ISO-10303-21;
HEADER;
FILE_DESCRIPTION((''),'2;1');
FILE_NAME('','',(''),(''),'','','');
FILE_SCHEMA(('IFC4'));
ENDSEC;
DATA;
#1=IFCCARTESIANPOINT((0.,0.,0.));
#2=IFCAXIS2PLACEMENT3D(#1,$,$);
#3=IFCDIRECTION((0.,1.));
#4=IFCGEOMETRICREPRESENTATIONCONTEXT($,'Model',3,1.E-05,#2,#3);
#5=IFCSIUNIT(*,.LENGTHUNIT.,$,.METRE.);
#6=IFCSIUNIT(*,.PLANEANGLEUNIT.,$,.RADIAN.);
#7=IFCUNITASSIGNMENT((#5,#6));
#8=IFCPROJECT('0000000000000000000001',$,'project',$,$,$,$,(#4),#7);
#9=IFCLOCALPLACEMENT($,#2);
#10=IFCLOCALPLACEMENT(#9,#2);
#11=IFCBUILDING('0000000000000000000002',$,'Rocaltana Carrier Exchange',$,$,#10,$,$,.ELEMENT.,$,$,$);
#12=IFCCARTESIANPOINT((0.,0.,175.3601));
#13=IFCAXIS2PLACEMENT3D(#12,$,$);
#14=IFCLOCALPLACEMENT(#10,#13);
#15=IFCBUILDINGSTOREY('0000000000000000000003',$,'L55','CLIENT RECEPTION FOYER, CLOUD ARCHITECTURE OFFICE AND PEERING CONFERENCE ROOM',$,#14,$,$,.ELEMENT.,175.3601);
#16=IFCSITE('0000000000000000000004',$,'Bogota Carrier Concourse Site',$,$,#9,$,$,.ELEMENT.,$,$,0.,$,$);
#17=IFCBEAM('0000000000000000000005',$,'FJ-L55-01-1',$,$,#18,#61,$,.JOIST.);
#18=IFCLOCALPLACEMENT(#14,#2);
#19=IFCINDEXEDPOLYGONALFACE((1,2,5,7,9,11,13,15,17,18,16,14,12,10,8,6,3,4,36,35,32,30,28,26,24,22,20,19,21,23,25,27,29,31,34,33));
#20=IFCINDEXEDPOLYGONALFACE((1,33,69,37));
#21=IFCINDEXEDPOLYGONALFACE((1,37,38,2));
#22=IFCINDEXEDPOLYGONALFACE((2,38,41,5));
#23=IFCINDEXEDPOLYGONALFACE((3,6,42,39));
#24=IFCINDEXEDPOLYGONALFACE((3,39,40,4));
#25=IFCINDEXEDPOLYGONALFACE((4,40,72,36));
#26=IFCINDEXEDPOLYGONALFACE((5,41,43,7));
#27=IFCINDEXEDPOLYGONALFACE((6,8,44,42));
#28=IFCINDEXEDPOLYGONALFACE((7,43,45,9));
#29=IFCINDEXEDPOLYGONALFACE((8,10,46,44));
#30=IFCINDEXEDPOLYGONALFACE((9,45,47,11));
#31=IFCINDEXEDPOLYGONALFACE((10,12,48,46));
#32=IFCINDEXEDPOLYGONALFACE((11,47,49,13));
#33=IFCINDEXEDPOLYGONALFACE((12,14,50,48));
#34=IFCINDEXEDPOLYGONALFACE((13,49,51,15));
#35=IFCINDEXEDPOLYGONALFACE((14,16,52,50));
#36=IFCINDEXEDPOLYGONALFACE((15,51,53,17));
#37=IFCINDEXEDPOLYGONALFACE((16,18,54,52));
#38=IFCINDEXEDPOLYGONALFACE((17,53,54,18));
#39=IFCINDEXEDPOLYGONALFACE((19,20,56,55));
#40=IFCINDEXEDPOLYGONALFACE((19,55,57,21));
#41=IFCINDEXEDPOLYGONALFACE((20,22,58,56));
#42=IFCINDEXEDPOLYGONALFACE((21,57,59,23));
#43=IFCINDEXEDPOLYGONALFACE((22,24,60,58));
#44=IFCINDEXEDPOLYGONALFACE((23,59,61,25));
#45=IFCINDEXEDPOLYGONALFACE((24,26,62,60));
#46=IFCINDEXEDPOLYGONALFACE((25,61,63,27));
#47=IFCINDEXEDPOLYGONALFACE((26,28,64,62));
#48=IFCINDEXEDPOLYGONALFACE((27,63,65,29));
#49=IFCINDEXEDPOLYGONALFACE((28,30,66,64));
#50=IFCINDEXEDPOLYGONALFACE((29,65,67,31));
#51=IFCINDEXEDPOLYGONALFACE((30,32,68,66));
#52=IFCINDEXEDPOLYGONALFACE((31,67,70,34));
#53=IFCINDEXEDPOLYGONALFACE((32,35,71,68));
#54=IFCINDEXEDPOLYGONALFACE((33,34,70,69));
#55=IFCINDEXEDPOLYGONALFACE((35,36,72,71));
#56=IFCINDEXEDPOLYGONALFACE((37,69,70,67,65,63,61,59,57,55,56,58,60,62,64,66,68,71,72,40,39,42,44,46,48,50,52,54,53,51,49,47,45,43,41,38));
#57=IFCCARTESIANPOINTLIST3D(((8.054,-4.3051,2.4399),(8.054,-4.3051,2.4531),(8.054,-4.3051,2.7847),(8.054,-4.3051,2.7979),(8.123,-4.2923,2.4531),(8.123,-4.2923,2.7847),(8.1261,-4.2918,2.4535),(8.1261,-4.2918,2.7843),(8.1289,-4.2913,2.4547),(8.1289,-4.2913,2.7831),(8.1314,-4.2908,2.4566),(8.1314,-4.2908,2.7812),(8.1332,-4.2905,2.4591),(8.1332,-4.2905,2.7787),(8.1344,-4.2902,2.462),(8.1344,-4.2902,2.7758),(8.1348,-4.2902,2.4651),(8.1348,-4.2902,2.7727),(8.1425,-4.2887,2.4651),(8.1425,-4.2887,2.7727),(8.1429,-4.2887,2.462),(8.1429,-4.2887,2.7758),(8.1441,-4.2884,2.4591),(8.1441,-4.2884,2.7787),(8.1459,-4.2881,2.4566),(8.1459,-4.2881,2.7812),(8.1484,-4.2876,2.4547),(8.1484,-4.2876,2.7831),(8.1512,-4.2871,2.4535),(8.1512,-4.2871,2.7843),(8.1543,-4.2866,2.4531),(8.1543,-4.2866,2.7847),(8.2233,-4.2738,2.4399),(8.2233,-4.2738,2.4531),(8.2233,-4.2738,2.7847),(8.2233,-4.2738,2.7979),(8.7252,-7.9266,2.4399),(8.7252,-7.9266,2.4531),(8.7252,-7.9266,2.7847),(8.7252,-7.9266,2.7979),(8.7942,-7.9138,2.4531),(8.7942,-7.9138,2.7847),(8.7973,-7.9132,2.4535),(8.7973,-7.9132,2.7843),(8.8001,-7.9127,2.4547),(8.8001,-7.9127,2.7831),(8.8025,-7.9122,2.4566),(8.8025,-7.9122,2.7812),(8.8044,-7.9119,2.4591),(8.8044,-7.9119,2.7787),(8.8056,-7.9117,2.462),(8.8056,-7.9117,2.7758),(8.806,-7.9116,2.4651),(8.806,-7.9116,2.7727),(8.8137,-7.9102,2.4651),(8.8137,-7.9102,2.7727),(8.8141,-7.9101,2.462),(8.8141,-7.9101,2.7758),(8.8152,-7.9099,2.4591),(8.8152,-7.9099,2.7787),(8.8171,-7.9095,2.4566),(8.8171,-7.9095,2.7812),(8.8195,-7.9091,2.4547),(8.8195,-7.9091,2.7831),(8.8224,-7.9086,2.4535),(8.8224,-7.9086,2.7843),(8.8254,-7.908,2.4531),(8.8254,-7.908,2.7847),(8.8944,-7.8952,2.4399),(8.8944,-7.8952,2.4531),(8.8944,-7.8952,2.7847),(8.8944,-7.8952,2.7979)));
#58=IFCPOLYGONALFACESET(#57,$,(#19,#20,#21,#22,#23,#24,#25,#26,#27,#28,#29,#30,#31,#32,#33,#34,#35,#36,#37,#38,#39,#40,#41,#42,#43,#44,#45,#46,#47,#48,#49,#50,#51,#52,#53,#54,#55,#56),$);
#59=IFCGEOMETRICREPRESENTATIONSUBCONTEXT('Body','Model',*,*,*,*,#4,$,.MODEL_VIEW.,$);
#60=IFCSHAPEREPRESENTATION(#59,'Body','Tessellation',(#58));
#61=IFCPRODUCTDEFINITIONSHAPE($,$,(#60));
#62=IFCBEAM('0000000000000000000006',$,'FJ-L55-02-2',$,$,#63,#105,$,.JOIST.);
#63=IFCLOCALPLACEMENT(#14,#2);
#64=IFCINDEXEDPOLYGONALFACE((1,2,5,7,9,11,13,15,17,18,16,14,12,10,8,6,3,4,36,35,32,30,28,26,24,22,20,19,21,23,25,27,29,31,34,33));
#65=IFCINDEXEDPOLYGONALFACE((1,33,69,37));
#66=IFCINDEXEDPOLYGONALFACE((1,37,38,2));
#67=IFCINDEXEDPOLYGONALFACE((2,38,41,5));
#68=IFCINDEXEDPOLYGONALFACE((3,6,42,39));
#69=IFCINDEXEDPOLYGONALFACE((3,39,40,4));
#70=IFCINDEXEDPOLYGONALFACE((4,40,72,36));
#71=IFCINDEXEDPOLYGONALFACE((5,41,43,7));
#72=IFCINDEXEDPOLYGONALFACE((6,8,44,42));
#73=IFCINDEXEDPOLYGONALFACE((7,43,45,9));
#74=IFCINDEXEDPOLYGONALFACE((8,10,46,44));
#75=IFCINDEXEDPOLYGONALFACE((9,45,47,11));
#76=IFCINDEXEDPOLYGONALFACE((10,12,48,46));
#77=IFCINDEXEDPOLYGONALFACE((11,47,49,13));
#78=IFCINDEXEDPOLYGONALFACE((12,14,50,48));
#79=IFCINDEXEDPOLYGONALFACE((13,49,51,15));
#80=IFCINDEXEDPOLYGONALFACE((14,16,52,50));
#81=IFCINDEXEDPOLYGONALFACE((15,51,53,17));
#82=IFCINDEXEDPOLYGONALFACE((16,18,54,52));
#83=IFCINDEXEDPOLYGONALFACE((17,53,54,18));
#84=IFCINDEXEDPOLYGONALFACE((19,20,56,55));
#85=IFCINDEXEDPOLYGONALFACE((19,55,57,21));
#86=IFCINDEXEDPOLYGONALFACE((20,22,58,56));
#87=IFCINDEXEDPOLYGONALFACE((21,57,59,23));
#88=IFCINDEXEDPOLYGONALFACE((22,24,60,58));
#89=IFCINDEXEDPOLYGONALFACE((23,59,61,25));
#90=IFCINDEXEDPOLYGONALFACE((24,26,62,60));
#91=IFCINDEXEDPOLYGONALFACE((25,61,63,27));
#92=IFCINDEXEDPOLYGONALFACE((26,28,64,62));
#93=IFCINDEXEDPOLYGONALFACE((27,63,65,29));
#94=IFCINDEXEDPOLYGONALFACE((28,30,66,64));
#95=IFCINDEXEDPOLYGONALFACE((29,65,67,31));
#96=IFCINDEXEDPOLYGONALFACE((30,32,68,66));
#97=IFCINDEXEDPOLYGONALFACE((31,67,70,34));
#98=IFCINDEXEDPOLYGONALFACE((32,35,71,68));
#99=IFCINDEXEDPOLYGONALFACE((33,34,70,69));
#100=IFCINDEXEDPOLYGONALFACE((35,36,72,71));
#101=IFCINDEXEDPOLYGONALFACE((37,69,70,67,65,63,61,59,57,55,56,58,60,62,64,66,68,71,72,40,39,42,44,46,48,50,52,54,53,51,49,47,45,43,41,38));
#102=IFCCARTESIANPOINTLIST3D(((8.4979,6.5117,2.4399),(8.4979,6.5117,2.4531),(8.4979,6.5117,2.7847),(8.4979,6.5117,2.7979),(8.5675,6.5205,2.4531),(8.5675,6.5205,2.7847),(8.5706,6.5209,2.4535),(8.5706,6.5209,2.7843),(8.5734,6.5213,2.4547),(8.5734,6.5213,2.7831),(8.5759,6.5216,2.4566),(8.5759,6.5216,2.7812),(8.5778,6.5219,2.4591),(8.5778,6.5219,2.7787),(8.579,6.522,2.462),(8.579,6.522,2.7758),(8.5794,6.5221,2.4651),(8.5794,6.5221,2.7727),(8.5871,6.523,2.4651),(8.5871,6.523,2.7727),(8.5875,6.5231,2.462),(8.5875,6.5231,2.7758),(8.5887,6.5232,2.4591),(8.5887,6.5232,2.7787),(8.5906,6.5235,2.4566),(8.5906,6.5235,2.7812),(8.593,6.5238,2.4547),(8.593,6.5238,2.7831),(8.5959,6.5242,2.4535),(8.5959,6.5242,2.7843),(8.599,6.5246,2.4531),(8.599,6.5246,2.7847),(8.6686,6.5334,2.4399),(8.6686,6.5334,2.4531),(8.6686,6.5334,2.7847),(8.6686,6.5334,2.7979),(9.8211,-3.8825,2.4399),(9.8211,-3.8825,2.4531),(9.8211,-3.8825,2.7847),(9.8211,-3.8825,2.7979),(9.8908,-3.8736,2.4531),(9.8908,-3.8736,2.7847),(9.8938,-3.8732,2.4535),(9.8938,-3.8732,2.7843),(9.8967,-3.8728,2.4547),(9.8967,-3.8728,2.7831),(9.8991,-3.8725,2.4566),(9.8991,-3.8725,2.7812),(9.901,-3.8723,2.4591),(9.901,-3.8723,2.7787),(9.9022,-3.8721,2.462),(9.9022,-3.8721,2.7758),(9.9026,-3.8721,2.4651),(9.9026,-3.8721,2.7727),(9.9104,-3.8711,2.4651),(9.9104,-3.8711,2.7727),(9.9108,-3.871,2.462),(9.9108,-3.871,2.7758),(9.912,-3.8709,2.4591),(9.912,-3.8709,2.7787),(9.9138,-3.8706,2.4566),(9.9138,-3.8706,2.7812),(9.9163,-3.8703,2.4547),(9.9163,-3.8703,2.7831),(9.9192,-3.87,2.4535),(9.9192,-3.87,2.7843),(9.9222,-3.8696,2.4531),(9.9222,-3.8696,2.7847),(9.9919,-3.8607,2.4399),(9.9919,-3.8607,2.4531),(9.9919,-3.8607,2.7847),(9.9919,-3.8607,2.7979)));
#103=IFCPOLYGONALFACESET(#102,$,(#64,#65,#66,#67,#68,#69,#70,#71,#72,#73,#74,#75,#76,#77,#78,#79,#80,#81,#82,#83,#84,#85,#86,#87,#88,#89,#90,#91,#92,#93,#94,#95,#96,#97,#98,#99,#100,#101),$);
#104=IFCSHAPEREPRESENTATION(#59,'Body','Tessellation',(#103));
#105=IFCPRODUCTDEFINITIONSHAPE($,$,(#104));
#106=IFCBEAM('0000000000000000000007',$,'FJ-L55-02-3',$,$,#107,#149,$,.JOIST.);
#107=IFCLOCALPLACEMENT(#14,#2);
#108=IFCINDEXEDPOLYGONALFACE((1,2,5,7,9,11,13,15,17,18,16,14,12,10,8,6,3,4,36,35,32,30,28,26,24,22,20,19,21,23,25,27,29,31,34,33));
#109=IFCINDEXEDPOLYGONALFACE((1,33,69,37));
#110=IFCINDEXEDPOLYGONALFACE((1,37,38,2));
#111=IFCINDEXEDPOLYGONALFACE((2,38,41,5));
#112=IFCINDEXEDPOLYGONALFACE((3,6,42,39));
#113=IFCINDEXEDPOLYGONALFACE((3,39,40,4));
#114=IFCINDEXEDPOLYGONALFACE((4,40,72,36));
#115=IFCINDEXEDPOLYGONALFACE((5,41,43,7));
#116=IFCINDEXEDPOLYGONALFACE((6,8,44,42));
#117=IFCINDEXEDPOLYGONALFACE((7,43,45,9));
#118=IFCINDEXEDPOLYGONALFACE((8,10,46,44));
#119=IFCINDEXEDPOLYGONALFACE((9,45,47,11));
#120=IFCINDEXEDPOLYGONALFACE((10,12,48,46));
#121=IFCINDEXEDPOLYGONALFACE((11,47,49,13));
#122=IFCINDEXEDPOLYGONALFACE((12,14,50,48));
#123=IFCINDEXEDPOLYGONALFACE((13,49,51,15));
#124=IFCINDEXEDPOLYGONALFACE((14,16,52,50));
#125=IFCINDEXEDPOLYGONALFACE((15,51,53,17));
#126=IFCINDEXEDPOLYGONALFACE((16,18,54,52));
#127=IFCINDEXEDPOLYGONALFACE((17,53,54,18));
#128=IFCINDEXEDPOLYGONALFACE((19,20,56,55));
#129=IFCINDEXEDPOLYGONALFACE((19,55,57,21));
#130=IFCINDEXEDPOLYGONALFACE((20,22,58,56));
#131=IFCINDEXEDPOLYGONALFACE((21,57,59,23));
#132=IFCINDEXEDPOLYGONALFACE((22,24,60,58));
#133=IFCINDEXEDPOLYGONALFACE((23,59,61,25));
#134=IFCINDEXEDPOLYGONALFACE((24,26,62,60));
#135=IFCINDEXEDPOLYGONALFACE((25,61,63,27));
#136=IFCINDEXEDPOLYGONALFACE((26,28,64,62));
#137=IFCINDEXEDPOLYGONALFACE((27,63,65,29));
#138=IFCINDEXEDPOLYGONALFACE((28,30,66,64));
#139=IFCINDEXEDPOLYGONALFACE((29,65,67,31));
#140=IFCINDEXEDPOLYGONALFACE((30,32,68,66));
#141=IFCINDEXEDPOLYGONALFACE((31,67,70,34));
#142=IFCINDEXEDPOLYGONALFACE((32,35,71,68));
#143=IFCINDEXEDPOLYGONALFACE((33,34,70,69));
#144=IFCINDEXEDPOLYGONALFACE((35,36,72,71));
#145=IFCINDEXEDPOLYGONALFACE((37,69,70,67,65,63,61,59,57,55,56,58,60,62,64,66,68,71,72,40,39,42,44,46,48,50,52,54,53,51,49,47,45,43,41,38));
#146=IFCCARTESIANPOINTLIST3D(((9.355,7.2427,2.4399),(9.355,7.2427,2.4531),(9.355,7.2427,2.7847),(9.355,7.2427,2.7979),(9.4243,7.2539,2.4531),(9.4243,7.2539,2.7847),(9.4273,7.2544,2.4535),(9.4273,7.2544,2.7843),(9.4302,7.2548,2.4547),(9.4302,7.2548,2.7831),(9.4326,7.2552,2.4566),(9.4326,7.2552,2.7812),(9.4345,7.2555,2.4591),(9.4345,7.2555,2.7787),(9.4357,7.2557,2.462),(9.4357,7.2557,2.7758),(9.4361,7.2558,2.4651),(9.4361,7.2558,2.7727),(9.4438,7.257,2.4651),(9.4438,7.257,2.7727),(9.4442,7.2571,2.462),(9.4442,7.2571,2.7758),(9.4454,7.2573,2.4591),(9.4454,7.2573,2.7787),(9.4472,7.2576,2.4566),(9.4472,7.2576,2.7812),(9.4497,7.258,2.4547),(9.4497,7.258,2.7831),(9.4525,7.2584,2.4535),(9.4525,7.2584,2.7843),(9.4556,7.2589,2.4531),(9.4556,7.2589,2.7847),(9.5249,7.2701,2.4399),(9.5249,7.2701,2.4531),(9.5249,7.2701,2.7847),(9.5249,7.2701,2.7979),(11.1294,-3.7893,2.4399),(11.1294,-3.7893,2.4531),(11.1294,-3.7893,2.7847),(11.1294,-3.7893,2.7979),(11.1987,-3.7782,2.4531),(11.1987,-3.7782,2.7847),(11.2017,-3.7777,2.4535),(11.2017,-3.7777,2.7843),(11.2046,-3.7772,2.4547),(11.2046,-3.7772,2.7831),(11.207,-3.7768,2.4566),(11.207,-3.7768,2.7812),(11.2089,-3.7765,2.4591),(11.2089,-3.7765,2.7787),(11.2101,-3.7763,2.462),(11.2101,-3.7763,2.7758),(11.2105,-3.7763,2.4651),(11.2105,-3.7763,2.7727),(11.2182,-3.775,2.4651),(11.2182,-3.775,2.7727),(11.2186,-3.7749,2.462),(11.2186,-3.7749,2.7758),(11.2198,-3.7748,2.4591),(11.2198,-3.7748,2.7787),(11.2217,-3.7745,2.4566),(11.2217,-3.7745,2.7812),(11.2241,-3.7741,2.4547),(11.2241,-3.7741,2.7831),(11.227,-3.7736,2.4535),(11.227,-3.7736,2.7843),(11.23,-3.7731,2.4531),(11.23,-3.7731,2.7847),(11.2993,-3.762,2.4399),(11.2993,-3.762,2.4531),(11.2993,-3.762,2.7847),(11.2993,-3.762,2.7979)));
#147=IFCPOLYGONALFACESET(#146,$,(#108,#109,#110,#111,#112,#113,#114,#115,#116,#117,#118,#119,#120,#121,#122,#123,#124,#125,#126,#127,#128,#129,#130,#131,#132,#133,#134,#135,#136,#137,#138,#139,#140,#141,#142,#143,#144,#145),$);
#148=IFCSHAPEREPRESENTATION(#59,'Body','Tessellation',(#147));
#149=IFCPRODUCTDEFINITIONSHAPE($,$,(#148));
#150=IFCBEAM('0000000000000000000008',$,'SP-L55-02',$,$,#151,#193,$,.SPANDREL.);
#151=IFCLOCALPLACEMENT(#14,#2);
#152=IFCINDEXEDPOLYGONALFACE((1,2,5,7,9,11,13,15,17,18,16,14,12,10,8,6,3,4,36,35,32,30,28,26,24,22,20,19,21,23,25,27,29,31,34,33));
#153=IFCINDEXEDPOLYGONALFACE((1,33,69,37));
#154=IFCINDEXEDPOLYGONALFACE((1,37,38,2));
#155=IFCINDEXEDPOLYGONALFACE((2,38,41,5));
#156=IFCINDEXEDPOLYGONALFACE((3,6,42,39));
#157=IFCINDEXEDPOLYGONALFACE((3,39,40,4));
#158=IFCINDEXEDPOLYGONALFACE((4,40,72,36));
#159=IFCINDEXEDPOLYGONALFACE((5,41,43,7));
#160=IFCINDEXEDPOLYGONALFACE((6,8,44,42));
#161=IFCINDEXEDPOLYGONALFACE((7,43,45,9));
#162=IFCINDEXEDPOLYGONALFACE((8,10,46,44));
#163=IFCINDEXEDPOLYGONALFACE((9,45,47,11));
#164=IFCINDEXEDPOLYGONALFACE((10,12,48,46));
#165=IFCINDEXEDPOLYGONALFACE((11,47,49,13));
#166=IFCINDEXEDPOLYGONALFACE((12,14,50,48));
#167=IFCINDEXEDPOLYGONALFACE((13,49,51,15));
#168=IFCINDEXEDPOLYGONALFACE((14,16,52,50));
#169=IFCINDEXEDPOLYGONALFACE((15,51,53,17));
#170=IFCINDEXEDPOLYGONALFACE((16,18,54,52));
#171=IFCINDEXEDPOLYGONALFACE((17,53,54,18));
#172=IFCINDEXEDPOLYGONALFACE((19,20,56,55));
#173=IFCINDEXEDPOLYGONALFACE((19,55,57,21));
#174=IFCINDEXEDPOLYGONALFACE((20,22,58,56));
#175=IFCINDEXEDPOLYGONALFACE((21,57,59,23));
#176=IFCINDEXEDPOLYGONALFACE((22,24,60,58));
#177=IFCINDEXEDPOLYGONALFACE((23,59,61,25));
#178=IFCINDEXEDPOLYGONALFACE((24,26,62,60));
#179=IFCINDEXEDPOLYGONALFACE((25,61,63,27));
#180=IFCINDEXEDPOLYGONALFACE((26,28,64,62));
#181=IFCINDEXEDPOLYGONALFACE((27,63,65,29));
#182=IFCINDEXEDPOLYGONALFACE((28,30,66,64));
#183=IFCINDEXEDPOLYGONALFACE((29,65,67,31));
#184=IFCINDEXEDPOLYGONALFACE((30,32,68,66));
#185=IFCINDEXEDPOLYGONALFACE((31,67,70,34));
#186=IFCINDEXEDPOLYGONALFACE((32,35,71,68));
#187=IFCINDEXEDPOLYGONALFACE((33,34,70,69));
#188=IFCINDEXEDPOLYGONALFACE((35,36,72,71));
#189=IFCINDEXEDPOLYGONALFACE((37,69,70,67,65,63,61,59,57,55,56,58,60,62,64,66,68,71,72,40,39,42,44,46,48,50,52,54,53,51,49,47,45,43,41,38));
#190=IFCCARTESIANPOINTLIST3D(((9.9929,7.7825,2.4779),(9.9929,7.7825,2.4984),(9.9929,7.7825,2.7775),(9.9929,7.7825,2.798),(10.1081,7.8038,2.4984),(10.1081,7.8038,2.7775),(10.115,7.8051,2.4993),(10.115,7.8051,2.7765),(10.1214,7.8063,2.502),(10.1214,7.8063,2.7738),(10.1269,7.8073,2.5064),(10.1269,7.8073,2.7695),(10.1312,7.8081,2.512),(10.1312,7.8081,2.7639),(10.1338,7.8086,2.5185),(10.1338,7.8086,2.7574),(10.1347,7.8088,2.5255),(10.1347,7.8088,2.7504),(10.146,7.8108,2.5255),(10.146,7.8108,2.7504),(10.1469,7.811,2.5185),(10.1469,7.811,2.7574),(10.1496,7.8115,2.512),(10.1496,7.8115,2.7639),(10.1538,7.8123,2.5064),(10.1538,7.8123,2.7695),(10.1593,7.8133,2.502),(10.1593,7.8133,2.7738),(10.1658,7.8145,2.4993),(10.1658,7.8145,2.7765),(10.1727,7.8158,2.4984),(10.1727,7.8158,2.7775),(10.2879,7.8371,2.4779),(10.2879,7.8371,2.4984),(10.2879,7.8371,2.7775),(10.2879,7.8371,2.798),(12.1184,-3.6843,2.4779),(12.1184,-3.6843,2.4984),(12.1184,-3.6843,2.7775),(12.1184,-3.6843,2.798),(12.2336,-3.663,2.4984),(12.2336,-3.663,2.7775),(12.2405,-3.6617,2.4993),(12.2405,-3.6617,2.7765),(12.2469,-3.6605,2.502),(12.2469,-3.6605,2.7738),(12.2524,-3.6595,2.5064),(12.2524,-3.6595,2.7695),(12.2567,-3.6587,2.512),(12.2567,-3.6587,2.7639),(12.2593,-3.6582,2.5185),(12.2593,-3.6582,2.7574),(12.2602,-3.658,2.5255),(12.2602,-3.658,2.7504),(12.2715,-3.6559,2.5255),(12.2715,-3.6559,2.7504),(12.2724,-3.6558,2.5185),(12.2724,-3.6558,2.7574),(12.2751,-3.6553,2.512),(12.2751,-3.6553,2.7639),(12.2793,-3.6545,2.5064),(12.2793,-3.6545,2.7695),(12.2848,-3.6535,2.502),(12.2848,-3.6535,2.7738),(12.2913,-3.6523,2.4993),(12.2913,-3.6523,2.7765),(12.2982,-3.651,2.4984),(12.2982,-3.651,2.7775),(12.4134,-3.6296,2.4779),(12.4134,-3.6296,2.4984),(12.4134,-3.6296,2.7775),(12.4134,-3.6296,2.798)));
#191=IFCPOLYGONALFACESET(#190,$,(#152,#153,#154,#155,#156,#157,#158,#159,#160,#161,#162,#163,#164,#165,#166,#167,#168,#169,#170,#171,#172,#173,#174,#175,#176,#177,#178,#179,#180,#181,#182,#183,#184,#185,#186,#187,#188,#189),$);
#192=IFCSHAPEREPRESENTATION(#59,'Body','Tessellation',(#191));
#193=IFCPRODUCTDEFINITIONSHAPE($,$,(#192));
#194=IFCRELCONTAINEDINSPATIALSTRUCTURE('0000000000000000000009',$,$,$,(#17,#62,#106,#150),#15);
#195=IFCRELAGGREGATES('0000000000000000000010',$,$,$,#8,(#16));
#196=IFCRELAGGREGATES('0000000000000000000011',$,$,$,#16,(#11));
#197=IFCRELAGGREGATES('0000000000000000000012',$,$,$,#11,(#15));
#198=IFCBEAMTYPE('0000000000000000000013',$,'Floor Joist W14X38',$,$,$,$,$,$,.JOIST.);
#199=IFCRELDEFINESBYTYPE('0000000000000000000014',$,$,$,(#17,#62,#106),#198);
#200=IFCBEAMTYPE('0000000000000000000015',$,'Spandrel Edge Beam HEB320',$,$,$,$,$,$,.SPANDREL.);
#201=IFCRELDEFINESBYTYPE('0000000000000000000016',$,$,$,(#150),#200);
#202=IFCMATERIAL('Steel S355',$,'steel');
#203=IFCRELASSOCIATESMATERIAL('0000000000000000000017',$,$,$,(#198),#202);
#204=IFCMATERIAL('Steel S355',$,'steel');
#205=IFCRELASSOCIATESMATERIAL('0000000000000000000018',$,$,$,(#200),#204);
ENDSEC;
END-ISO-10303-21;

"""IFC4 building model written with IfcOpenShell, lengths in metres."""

from ifc_helpers import new_model, si_unit, direction, frame, origin, origin_2d, place, context, subcontext, project, spatial, i_section, extrude, material, material_profile, profile_set, type_object, element, save


model = new_model("IFC4")

# Units and contexts
model_context = context("Model", 3, precision=1e-05, world=origin(), true_north=direction((0.0, 1.0)))
body_context = subcontext(model_context, "Body", "Model", "MODEL_VIEW")
ifc_project = project(units=[si_unit("LENGTHUNIT", "METRE"), si_unit("PLANEANGLEUNIT", "RADIAN")], contexts=[model_context])

# Site, building, storey
site_placement = place(None, origin())
site = spatial("IfcSite", under=ifc_project, at=site_placement, Name="Bogota Carrier Concourse Site", CompositionType="ELEMENT", RefElevation=0.0)
building_placement = place(site_placement, origin())
building = spatial("IfcBuilding", under=site, at=building_placement, Name="Rocaltana Carrier Exchange", CompositionType="ELEMENT")
storey_placement = place(building_placement, frame((0.0, 0.0, 175.3601)))
storey = spatial("IfcBuildingStorey", under=building, at=storey_placement, Name="L55", Description="CLIENT RECEPTION FOYER, CLOUD ARCHITECTURE OFFICE AND PEERING CONFERENCE ROOM", CompositionType="ELEMENT", Elevation=175.3601)

# Beams
ifc_material_1 = material(Name="Steel S355", Category="steel")
ifc_material_profile_1 = material_profile(ifc_material_1, i_section(OverallWidth=0.1721, OverallDepth=0.3579, WebThickness=0.0078, FlangeThickness=0.0132, FilletRadius=0.012, at=origin_2d()), Name="W14X38")
ifc_profile_set_1 = profile_set([ifc_material_profile_1], Name="Steel S355")
beam_type_1 = type_object("IfcBeamType", Name="Floor Joist W14X38", PredefinedType="JOIST", material=ifc_profile_set_1)
beam_1_placement = place(storey_placement, frame((8.8098, -7.9109, 2.6189), z_axis=(-0.182227, 0.983256, 0.0), x_axis=(-0.983256, -0.182227, 0.0)))
element("IfcBeam", 1, at=beam_1_placement, inside=storey, type_object=beam_type_1, Name="FJ-L55-01-1", PredefinedType="JOIST", context=body_context, shape_type="SweptSolid", body=[
    extrude(i_section(OverallWidth=0.1721, OverallDepth=0.3579, WebThickness=0.0078, FlangeThickness=0.0132, FilletRadius=0.012, at=origin_2d()), origin(), (0.0, 0.0, 1.0), 3.6831),
])
beam_2_placement = place(storey_placement, frame((9.9065, -3.8716, 2.6189), z_axis=(-0.126288, 0.991994, 0.0), x_axis=(-0.991994, -0.126288, 0.0)))
element("IfcBeam", 2, at=beam_2_placement, inside=storey, type_object=beam_type_1, Name="FJ-L55-02-2", PredefinedType="JOIST", context=body_context, shape_type="SweptSolid", body=[
    extrude(i_section(OverallWidth=0.1721, OverallDepth=0.3579, WebThickness=0.0078, FlangeThickness=0.0132, FilletRadius=0.012, at=origin_2d()), origin(), (0.0, 0.0, 1.0), 10.478),
])
beam_3_placement = place(storey_placement, frame((11.2144, -3.7756, 2.6189), z_axis=(-0.158802, 0.98731, 0.0), x_axis=(-0.98731, -0.158802, 0.0)))
element("IfcBeam", 3, at=beam_3_placement, inside=storey, type_object=beam_type_1, Name="FJ-L55-02-3", PredefinedType="JOIST", context=body_context, shape_type="SweptSolid", body=[
    extrude(i_section(OverallWidth=0.1721, OverallDepth=0.3579, WebThickness=0.0078, FlangeThickness=0.0132, FilletRadius=0.012, at=origin_2d()), origin(), (0.0, 0.0, 1.0), 11.1738),
])
ifc_material_2 = material(Name="Steel S355", Category="steel")
ifc_material_profile_2 = material_profile(ifc_material_2, i_section(OverallWidth=0.3, OverallDepth=0.3201, WebThickness=0.0115, FlangeThickness=0.0205, FilletRadius=0.0271, at=origin_2d()), Name="HEB320")
ifc_profile_set_2 = profile_set([ifc_material_profile_2], Name="Steel S355")
beam_type_2 = type_object("IfcBeamType", Name="Spandrel Edge Beam HEB320", PredefinedType="SPANDREL", material=ifc_profile_set_2)
beam_4_placement = place(storey_placement, frame((12.2659, -3.657, 2.6379), z_axis=(-0.182256, 0.983251, 0.0), x_axis=(-0.983251, -0.182256, 0.0)))
element("IfcBeam", 4, at=beam_4_placement, inside=storey, type_object=beam_type_2, Name="SP-L55-02", PredefinedType="SPANDREL", context=body_context, shape_type="SweptSolid", body=[
    extrude(i_section(OverallWidth=0.3, OverallDepth=0.3201, WebThickness=0.0115, FlangeThickness=0.0205, FilletRadius=0.0271, at=origin_2d()), origin(), (0.0, 0.0, 1.0), 11.6621),
])

save(model, "model.ifc")
